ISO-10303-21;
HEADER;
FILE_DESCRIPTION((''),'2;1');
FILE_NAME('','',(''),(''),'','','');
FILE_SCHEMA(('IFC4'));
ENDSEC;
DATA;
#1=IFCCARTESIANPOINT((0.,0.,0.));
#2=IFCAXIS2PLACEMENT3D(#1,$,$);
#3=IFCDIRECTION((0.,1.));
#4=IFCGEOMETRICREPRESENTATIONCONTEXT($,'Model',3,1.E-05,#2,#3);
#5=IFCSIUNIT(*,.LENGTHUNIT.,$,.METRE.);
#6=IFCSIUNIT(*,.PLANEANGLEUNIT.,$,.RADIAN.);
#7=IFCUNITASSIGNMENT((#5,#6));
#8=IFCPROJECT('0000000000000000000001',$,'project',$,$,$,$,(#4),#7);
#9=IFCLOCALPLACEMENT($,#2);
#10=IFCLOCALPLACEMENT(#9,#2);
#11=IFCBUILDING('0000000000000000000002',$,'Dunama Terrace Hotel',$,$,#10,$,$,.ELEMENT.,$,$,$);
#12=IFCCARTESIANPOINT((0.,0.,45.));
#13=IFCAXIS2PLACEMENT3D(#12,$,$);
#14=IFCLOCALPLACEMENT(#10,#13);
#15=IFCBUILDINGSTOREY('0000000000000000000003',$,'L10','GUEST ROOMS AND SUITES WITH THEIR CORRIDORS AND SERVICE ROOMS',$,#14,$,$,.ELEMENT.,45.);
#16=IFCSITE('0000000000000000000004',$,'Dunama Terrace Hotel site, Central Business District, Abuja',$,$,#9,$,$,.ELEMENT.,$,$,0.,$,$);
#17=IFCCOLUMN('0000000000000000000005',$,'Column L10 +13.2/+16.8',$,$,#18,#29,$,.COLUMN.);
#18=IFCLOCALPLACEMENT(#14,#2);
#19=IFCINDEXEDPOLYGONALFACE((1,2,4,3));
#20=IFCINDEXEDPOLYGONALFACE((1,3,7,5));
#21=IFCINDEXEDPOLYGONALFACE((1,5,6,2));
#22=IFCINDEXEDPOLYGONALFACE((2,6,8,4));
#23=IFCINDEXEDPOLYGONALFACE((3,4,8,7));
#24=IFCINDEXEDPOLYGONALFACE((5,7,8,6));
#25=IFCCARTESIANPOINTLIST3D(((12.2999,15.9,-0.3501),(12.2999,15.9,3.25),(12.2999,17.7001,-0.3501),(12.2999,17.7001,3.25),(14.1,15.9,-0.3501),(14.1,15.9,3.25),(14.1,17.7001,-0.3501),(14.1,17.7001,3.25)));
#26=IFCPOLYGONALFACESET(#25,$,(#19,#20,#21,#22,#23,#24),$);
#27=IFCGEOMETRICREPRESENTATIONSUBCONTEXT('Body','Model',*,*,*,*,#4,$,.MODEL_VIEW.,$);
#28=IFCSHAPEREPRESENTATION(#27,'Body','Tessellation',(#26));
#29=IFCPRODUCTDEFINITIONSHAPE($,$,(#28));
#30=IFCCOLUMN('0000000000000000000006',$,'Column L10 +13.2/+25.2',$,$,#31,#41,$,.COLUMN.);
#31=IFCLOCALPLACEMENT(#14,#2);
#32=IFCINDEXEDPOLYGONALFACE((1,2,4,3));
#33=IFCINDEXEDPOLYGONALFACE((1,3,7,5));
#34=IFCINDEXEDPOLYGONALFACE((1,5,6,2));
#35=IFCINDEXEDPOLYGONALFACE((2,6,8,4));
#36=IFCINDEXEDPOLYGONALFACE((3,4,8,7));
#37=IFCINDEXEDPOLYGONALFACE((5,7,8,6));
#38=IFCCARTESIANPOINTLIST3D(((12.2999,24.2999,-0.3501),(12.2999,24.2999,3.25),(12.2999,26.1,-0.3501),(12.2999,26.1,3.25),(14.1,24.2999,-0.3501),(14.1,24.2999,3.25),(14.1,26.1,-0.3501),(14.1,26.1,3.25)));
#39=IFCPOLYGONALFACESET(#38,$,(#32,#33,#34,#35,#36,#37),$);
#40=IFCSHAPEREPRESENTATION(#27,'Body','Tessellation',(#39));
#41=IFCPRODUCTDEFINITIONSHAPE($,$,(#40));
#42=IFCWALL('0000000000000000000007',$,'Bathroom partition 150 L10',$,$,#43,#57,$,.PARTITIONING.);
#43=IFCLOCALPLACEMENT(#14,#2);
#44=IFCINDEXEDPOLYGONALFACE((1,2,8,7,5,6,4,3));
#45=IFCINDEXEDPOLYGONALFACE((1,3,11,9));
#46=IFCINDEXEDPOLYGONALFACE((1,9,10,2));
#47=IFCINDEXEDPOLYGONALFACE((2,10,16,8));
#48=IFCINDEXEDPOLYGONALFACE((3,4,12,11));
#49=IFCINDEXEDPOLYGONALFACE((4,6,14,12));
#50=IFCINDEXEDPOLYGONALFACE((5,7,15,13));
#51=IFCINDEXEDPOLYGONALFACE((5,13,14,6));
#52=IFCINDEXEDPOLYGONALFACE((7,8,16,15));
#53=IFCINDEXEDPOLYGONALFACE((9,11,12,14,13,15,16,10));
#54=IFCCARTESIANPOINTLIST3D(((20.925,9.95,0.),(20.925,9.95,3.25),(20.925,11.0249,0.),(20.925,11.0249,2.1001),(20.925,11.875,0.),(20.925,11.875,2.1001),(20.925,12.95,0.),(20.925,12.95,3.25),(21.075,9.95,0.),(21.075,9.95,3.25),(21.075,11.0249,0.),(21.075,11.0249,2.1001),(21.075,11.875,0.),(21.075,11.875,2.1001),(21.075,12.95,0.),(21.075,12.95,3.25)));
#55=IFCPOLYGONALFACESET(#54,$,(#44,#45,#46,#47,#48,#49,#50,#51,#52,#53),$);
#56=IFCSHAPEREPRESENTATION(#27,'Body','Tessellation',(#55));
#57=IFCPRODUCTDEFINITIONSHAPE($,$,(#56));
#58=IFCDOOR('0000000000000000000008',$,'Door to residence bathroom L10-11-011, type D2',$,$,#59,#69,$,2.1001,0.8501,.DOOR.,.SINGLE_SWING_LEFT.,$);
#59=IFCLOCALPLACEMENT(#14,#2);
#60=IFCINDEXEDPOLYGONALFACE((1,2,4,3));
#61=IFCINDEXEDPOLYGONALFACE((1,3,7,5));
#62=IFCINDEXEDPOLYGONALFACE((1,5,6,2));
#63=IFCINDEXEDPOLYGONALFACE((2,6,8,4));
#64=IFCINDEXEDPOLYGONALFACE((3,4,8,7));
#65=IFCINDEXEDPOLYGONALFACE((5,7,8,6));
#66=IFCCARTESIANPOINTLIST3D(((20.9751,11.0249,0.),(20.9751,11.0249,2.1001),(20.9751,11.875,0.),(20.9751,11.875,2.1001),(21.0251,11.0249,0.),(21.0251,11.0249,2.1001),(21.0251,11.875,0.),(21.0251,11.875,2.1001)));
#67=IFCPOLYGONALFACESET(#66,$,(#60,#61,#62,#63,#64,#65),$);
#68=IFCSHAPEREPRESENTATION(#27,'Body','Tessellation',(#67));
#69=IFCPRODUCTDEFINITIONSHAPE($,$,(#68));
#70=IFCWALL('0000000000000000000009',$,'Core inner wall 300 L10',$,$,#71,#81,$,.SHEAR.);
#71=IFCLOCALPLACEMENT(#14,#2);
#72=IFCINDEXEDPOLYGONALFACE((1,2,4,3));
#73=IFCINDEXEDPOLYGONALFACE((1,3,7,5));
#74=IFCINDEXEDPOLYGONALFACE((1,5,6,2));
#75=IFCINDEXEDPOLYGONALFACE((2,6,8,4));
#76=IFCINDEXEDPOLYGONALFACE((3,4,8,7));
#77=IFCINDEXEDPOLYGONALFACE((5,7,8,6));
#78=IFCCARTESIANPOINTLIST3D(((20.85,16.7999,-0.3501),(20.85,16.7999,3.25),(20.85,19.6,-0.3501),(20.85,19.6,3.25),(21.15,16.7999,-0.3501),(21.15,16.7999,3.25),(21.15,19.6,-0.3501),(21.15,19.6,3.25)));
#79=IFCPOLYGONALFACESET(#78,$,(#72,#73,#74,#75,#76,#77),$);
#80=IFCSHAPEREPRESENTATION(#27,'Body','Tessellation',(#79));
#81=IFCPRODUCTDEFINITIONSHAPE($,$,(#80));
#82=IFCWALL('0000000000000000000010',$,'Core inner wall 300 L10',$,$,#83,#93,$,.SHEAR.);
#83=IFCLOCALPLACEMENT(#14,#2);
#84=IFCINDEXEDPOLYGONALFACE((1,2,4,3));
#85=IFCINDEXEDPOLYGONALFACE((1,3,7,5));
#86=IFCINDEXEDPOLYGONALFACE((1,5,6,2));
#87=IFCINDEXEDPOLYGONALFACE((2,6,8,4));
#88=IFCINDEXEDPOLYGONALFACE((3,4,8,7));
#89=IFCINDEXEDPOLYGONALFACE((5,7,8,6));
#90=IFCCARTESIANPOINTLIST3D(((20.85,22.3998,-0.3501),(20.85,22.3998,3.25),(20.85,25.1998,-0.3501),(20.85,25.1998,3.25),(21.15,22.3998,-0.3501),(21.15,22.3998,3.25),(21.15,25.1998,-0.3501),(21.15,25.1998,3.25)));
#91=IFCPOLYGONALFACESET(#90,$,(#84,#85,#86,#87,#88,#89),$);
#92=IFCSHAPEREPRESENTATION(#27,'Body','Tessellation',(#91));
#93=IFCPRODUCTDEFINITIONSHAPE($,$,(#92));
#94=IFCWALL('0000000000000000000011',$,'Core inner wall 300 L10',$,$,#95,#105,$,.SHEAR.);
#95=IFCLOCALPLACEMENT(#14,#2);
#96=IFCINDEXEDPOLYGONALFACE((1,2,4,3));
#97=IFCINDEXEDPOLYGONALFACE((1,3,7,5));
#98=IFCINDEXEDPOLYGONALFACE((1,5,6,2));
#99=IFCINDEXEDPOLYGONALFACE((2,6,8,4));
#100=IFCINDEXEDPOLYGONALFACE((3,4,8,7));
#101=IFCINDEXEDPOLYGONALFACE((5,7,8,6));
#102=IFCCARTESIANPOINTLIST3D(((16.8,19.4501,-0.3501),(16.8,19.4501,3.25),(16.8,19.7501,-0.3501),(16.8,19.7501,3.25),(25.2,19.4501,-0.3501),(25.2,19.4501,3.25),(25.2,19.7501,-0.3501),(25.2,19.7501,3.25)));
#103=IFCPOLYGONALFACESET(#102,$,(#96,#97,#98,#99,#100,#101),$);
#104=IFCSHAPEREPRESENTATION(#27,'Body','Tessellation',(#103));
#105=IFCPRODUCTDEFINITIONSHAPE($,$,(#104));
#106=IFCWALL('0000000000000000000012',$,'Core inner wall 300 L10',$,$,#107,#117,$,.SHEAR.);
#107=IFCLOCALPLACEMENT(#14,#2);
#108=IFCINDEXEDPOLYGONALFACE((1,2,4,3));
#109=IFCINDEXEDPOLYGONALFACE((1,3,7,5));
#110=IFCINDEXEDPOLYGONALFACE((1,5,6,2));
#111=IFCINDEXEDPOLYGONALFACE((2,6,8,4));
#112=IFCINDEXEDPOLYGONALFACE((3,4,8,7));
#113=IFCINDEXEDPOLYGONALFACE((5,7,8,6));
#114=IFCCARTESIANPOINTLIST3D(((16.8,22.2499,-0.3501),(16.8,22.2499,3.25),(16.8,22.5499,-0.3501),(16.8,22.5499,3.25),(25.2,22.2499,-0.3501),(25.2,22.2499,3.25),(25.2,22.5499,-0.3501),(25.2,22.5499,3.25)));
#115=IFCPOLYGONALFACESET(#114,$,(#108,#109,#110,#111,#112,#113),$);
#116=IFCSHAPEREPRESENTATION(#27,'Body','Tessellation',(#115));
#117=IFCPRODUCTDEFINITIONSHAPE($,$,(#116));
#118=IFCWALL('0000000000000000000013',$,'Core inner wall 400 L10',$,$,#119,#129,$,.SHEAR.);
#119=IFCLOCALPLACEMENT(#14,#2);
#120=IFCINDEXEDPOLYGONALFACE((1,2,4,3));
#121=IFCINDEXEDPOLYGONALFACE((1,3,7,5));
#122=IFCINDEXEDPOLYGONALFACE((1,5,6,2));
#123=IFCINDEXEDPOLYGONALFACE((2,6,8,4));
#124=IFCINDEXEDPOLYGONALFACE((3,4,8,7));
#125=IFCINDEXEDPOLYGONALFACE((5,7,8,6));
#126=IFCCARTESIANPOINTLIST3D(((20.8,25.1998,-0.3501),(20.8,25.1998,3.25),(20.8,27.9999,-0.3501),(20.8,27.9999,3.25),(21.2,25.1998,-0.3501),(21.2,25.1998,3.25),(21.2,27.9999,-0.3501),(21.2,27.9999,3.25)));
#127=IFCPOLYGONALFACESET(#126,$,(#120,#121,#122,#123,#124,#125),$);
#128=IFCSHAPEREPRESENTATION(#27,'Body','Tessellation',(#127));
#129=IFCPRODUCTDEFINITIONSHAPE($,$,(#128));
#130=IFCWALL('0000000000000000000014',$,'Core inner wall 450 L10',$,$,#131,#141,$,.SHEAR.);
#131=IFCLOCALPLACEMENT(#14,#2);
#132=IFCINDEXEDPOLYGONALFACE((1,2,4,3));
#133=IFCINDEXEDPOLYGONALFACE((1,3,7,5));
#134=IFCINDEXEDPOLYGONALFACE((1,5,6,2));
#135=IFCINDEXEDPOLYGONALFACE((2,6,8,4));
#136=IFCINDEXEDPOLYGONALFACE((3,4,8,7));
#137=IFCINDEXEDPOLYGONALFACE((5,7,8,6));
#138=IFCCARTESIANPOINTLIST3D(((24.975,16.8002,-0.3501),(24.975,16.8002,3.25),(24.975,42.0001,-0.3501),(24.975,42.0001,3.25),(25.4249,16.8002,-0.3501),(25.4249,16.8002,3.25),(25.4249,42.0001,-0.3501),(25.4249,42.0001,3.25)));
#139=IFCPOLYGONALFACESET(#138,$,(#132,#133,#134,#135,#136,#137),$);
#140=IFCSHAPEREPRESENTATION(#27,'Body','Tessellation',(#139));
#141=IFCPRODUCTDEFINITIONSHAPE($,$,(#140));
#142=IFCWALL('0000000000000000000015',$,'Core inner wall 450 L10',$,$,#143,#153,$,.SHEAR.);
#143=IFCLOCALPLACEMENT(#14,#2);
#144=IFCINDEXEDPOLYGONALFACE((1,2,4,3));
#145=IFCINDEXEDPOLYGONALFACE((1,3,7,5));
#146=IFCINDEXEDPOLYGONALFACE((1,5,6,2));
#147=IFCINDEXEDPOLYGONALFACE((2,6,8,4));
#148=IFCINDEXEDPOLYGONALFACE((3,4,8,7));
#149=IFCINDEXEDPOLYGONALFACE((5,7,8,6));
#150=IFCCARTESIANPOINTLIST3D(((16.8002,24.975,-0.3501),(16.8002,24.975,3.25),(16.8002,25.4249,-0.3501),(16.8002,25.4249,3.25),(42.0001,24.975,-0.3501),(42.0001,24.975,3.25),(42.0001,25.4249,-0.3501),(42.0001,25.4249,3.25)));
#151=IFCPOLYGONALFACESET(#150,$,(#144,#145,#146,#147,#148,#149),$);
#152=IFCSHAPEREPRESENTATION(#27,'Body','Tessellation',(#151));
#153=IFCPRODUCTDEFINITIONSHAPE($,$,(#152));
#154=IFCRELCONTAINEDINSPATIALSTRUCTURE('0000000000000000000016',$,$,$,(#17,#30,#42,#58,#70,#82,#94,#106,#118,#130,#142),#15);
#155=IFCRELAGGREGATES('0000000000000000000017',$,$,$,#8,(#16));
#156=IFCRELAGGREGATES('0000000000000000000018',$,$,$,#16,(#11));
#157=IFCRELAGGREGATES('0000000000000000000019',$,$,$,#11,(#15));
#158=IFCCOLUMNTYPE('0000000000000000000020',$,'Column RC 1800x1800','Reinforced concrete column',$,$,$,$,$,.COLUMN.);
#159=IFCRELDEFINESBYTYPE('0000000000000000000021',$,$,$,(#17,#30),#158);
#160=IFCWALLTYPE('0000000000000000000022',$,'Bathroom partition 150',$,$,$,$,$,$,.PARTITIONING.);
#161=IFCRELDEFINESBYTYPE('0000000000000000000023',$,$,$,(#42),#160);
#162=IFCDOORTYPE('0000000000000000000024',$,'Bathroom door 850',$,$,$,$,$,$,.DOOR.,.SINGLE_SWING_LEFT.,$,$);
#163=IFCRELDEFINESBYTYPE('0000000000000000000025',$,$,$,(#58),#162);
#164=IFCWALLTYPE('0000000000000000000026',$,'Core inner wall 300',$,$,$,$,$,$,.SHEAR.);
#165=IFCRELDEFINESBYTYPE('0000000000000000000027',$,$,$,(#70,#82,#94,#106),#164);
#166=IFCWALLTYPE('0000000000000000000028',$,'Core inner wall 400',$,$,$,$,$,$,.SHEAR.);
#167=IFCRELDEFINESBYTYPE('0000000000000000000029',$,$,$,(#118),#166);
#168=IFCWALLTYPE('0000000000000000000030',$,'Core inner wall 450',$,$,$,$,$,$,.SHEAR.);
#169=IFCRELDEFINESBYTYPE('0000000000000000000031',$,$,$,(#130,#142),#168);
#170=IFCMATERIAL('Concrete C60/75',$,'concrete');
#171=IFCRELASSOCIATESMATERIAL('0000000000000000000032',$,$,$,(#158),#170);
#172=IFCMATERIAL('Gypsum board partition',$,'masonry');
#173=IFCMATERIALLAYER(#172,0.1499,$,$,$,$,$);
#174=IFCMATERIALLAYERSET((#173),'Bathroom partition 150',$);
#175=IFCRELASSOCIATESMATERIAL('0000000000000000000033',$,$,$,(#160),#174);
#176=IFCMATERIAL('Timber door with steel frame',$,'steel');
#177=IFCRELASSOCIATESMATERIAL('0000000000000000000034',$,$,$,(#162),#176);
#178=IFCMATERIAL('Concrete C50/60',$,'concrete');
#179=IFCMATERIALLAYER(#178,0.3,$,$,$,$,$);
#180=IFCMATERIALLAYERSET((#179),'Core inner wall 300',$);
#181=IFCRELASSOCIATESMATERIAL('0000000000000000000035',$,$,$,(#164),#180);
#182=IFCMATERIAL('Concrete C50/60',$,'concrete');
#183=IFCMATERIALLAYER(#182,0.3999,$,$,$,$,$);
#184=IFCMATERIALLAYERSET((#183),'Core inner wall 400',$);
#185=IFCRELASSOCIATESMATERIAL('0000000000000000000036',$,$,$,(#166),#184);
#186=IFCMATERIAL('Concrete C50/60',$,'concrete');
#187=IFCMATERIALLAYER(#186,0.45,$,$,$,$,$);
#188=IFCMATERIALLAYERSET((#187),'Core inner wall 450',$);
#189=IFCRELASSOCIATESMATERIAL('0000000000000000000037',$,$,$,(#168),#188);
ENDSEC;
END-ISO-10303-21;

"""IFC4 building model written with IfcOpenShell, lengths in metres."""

from ifc_helpers import new_model, si_unit, direction, frame, frame_2d, origin, origin_2d, place, context, subcontext, project, spatial, rectangle, extrude, material, layer, layer_set, material_profile, profile_set, type_object, element, fill, save


model = new_model("IFC4")

# Units and contexts
model_context = context("Model", 3, precision=1e-05, world=origin(), true_north=direction((0.0, 1.0)))
body_context = subcontext(model_context, "Body", "Model", "MODEL_VIEW")
ifc_project = project(units=[si_unit("LENGTHUNIT", "METRE"), si_unit("PLANEANGLEUNIT", "RADIAN")], contexts=[model_context])

# Site, building, storey
site_placement = place(None, origin())
site = spatial("IfcSite", under=ifc_project, at=site_placement, Name="Dunama Terrace Hotel site, Central Business District, Abuja", CompositionType="ELEMENT", RefElevation=0.0)
building_placement = place(site_placement, origin())
building = spatial("IfcBuilding", under=site, at=building_placement, Name="Dunama Terrace Hotel", CompositionType="ELEMENT")
storey_placement = place(building_placement, frame((0.0, 0.0, 45.0)))
storey = spatial("IfcBuildingStorey", under=building, at=storey_placement, Name="L10", Description="GUEST ROOMS AND SUITES WITH THEIR CORRIDORS AND SERVICE ROOMS", CompositionType="ELEMENT", Elevation=45.0)

# Columns
ifc_material_1 = material(Name="Concrete C60/75", Category="concrete")
ifc_material_profile = material_profile(ifc_material_1, rectangle(XDim=1.8, YDim=1.8, at=origin_2d()), Name="RC 1800x1800")
ifc_profile_set = profile_set([ifc_material_profile], Name="Concrete C60/75")
column_type = type_object("IfcColumnType", Name="Column RC 1800x1800", Description="Reinforced concrete column", PredefinedType="COLUMN", material=ifc_profile_set)
for number, where, z_axis, x_axis, name in (
    (1, (13.2, 16.8, -0.3501), (0.0, 0.0, 1.0), (1.0, 0.0, 0.0), "Column L10 +13.2/+16.8"),
    (2, (13.2, 25.2, -0.3501), (0.0, 0.0, 1.0), (1.0, 0.0, 0.0), "Column L10 +13.2/+25.2"),
):
    element("IfcColumn", number, at=place(storey_placement, frame(where, z_axis=z_axis, x_axis=x_axis)), inside=storey, type_object=column_type, Name=name, PredefinedType="COLUMN", context=body_context, shape_type="SweptSolid", body=[
        extrude(rectangle(XDim=1.8, YDim=1.8, at=origin_2d()), origin(), (0.0, 0.0, 1.0), 3.6001),
    ])

# Wall, opening, door
ifc_material_2 = material(Name="Gypsum board partition", Category="masonry")
ifc_layer_1 = layer(ifc_material_2, 0.1499)
ifc_layer_set_1 = layer_set([ifc_layer_1], Name="Bathroom partition 150")
wall_type_1 = type_object("IfcWallType", Name="Bathroom partition 150", PredefinedType="PARTITIONING", material=ifc_layer_set_1)
wall_1_placement = place(storey_placement, frame((21.0, 9.95, 0.0), z_axis=(0.0, 0.0, 1.0), x_axis=(0.0, 1.0, 0.0)))
wall_1 = element("IfcWall", 3, at=wall_1_placement, inside=storey, type_object=wall_type_1, Name="Bathroom partition 150 L10", PredefinedType="PARTITIONING", context=body_context, shape_type="SweptSolid", body=[
    extrude(rectangle(XDim=3.0, YDim=0.1499, at=frame_2d((1.5, 0.0))), origin(), (0.0, 0.0, 1.0), 3.25),
])
opening_1_placement = place(wall_1_placement, frame((1.075, 0.0, 0.0)))
opening_1 = element("IfcOpeningElement", 4, at=opening_1_placement, cuts=wall_1, PredefinedType="OPENING", context=body_context, shape_type="SweptSolid", body=[
    extrude(rectangle(XDim=0.8501, YDim=2.1001, at=frame_2d((0.425, 1.05))), frame((0.0, 0.085, 0.0), z_axis=(0.0, -1.0, 0.0), x_axis=(1.0, 0.0, 0.0)), (0.0, 0.0, 1.0), 0.1699),
])
ifc_material_3 = material(Name="Timber door with steel frame", Category="steel")
door_type_1 = type_object("IfcDoorType", Name="Bathroom door 850", OperationType="SINGLE_SWING_LEFT", PredefinedType="DOOR", material=ifc_material_3)
door_1_placement = place(opening_1_placement, frame((0.8501, 0.0, 0.0), z_axis=(0.0, 0.0, 1.0), x_axis=(-1.0, 0.0, 0.0)))
door_1 = element("IfcDoor", 5, at=door_1_placement, inside=storey, type_object=door_type_1, Name="Door to residence bathroom L10-11-011, type D2", OperationType="SINGLE_SWING_LEFT", OverallHeight=2.1001, OverallWidth=0.8501, PredefinedType="DOOR", context=body_context, shape_type="SweptSolid", body=[
    extrude(rectangle(XDim=0.8501, YDim=2.1001, at=frame_2d((0.425, 1.05))), frame((0.0, 0.0251, 0.0), z_axis=(0.0, -1.0, 0.0), x_axis=(1.0, 0.0, 0.0)), (0.0, 0.0, 1.0), 0.05),
])
fill(opening_1, door_1)

# Walls
ifc_material_4 = material(Name="Concrete C50/60", Category="concrete")
ifc_layer_2 = layer(ifc_material_4, 0.3)
ifc_layer_set_2 = layer_set([ifc_layer_2], Name="Core inner wall 300")
wall_type_2 = type_object("IfcWallType", Name="Core inner wall 300", PredefinedType="SHEAR", material=ifc_layer_set_2)
for number, where, z_axis, x_axis, name in (
    (6, (21.0, 16.8, -0.3501), (0.0, 0.0, 1.0), (0.0, 1.0, 0.0), "Core inner wall 300 L10"),
    (7, (21.0, 22.3999, -0.3501), (0.0, 0.0, 1.0), (0.0, 1.0, 0.0), "Core inner wall 300 L10"),
):
    element("IfcWall", number, at=place(storey_placement, frame(where, z_axis=z_axis, x_axis=x_axis)), inside=storey, type_object=wall_type_2, Name=name, PredefinedType="SHEAR", context=body_context, shape_type="SweptSolid", body=[
        extrude(rectangle(XDim=2.8, YDim=0.3, at=frame_2d((1.3999, 0.0))), origin(), (0.0, 0.0, 1.0), 3.6001),
    ])
for number, where, z_axis, x_axis, name in (
    (8, (16.8, 19.6001, -0.3501), (0.0, 0.0, 1.0), (1.0, 0.0, 0.0), "Core inner wall 300 L10"),
    (9, (16.8, 22.3999, -0.3501), (0.0, 0.0, 1.0), (1.0, 0.0, 0.0), "Core inner wall 300 L10"),
):
    element("IfcWall", number, at=place(storey_placement, frame(where, z_axis=z_axis, x_axis=x_axis)), inside=storey, type_object=wall_type_2, Name=name, PredefinedType="SHEAR", context=body_context, shape_type="SweptSolid", body=[
        extrude(rectangle(XDim=8.3999, YDim=0.3, at=frame_2d((4.2, 0.0))), origin(), (0.0, 0.0, 1.0), 3.6001),
    ])
ifc_material_5 = material(Name="Concrete C50/60", Category="concrete")
ifc_layer_3 = layer(ifc_material_5, 0.3999)
ifc_layer_set_3 = layer_set([ifc_layer_3], Name="Core inner wall 400")
wall_type_3 = type_object("IfcWallType", Name="Core inner wall 400", PredefinedType="SHEAR", material=ifc_layer_set_3)
wall_2_placement = place(storey_placement, frame((21.0, 25.2, -0.3501), z_axis=(0.0, 0.0, 1.0), x_axis=(0.0, 1.0, 0.0)))
element("IfcWall", 10, at=wall_2_placement, inside=storey, type_object=wall_type_3, Name="Core inner wall 400 L10", PredefinedType="SHEAR", context=body_context, shape_type="SweptSolid", body=[
    extrude(rectangle(XDim=2.8, YDim=0.3999, at=frame_2d((1.3999, 0.0))), origin(), (0.0, 0.0, 1.0), 3.6001),
])
ifc_material_6 = material(Name="Concrete C50/60", Category="concrete")
ifc_layer_4 = layer(ifc_material_6, 0.45)
ifc_layer_set_4 = layer_set([ifc_layer_4], Name="Core inner wall 450")
wall_type_4 = type_object("IfcWallType", Name="Core inner wall 450", PredefinedType="SHEAR", material=ifc_layer_set_4)
for number, where, z_axis, x_axis, name in (
    (11, (25.2, 16.8, -0.3501), (0.0, 0.0, 1.0), (0.0, 1.0, 0.0), "Core inner wall 450 L10"),
    (12, (16.8, 25.2, -0.3501), (0.0, 0.0, 1.0), (1.0, 0.0, 0.0), "Core inner wall 450 L10"),
):
    element("IfcWall", number, at=place(storey_placement, frame(where, z_axis=z_axis, x_axis=x_axis)), inside=storey, type_object=wall_type_4, Name=name, PredefinedType="SHEAR", context=body_context, shape_type="SweptSolid", body=[
        extrude(rectangle(XDim=25.2, YDim=0.45, at=frame_2d((12.6001, 0.0))), origin(), (0.0, 0.0, 1.0), 3.6001),
    ])

save(model, "model.ifc")
